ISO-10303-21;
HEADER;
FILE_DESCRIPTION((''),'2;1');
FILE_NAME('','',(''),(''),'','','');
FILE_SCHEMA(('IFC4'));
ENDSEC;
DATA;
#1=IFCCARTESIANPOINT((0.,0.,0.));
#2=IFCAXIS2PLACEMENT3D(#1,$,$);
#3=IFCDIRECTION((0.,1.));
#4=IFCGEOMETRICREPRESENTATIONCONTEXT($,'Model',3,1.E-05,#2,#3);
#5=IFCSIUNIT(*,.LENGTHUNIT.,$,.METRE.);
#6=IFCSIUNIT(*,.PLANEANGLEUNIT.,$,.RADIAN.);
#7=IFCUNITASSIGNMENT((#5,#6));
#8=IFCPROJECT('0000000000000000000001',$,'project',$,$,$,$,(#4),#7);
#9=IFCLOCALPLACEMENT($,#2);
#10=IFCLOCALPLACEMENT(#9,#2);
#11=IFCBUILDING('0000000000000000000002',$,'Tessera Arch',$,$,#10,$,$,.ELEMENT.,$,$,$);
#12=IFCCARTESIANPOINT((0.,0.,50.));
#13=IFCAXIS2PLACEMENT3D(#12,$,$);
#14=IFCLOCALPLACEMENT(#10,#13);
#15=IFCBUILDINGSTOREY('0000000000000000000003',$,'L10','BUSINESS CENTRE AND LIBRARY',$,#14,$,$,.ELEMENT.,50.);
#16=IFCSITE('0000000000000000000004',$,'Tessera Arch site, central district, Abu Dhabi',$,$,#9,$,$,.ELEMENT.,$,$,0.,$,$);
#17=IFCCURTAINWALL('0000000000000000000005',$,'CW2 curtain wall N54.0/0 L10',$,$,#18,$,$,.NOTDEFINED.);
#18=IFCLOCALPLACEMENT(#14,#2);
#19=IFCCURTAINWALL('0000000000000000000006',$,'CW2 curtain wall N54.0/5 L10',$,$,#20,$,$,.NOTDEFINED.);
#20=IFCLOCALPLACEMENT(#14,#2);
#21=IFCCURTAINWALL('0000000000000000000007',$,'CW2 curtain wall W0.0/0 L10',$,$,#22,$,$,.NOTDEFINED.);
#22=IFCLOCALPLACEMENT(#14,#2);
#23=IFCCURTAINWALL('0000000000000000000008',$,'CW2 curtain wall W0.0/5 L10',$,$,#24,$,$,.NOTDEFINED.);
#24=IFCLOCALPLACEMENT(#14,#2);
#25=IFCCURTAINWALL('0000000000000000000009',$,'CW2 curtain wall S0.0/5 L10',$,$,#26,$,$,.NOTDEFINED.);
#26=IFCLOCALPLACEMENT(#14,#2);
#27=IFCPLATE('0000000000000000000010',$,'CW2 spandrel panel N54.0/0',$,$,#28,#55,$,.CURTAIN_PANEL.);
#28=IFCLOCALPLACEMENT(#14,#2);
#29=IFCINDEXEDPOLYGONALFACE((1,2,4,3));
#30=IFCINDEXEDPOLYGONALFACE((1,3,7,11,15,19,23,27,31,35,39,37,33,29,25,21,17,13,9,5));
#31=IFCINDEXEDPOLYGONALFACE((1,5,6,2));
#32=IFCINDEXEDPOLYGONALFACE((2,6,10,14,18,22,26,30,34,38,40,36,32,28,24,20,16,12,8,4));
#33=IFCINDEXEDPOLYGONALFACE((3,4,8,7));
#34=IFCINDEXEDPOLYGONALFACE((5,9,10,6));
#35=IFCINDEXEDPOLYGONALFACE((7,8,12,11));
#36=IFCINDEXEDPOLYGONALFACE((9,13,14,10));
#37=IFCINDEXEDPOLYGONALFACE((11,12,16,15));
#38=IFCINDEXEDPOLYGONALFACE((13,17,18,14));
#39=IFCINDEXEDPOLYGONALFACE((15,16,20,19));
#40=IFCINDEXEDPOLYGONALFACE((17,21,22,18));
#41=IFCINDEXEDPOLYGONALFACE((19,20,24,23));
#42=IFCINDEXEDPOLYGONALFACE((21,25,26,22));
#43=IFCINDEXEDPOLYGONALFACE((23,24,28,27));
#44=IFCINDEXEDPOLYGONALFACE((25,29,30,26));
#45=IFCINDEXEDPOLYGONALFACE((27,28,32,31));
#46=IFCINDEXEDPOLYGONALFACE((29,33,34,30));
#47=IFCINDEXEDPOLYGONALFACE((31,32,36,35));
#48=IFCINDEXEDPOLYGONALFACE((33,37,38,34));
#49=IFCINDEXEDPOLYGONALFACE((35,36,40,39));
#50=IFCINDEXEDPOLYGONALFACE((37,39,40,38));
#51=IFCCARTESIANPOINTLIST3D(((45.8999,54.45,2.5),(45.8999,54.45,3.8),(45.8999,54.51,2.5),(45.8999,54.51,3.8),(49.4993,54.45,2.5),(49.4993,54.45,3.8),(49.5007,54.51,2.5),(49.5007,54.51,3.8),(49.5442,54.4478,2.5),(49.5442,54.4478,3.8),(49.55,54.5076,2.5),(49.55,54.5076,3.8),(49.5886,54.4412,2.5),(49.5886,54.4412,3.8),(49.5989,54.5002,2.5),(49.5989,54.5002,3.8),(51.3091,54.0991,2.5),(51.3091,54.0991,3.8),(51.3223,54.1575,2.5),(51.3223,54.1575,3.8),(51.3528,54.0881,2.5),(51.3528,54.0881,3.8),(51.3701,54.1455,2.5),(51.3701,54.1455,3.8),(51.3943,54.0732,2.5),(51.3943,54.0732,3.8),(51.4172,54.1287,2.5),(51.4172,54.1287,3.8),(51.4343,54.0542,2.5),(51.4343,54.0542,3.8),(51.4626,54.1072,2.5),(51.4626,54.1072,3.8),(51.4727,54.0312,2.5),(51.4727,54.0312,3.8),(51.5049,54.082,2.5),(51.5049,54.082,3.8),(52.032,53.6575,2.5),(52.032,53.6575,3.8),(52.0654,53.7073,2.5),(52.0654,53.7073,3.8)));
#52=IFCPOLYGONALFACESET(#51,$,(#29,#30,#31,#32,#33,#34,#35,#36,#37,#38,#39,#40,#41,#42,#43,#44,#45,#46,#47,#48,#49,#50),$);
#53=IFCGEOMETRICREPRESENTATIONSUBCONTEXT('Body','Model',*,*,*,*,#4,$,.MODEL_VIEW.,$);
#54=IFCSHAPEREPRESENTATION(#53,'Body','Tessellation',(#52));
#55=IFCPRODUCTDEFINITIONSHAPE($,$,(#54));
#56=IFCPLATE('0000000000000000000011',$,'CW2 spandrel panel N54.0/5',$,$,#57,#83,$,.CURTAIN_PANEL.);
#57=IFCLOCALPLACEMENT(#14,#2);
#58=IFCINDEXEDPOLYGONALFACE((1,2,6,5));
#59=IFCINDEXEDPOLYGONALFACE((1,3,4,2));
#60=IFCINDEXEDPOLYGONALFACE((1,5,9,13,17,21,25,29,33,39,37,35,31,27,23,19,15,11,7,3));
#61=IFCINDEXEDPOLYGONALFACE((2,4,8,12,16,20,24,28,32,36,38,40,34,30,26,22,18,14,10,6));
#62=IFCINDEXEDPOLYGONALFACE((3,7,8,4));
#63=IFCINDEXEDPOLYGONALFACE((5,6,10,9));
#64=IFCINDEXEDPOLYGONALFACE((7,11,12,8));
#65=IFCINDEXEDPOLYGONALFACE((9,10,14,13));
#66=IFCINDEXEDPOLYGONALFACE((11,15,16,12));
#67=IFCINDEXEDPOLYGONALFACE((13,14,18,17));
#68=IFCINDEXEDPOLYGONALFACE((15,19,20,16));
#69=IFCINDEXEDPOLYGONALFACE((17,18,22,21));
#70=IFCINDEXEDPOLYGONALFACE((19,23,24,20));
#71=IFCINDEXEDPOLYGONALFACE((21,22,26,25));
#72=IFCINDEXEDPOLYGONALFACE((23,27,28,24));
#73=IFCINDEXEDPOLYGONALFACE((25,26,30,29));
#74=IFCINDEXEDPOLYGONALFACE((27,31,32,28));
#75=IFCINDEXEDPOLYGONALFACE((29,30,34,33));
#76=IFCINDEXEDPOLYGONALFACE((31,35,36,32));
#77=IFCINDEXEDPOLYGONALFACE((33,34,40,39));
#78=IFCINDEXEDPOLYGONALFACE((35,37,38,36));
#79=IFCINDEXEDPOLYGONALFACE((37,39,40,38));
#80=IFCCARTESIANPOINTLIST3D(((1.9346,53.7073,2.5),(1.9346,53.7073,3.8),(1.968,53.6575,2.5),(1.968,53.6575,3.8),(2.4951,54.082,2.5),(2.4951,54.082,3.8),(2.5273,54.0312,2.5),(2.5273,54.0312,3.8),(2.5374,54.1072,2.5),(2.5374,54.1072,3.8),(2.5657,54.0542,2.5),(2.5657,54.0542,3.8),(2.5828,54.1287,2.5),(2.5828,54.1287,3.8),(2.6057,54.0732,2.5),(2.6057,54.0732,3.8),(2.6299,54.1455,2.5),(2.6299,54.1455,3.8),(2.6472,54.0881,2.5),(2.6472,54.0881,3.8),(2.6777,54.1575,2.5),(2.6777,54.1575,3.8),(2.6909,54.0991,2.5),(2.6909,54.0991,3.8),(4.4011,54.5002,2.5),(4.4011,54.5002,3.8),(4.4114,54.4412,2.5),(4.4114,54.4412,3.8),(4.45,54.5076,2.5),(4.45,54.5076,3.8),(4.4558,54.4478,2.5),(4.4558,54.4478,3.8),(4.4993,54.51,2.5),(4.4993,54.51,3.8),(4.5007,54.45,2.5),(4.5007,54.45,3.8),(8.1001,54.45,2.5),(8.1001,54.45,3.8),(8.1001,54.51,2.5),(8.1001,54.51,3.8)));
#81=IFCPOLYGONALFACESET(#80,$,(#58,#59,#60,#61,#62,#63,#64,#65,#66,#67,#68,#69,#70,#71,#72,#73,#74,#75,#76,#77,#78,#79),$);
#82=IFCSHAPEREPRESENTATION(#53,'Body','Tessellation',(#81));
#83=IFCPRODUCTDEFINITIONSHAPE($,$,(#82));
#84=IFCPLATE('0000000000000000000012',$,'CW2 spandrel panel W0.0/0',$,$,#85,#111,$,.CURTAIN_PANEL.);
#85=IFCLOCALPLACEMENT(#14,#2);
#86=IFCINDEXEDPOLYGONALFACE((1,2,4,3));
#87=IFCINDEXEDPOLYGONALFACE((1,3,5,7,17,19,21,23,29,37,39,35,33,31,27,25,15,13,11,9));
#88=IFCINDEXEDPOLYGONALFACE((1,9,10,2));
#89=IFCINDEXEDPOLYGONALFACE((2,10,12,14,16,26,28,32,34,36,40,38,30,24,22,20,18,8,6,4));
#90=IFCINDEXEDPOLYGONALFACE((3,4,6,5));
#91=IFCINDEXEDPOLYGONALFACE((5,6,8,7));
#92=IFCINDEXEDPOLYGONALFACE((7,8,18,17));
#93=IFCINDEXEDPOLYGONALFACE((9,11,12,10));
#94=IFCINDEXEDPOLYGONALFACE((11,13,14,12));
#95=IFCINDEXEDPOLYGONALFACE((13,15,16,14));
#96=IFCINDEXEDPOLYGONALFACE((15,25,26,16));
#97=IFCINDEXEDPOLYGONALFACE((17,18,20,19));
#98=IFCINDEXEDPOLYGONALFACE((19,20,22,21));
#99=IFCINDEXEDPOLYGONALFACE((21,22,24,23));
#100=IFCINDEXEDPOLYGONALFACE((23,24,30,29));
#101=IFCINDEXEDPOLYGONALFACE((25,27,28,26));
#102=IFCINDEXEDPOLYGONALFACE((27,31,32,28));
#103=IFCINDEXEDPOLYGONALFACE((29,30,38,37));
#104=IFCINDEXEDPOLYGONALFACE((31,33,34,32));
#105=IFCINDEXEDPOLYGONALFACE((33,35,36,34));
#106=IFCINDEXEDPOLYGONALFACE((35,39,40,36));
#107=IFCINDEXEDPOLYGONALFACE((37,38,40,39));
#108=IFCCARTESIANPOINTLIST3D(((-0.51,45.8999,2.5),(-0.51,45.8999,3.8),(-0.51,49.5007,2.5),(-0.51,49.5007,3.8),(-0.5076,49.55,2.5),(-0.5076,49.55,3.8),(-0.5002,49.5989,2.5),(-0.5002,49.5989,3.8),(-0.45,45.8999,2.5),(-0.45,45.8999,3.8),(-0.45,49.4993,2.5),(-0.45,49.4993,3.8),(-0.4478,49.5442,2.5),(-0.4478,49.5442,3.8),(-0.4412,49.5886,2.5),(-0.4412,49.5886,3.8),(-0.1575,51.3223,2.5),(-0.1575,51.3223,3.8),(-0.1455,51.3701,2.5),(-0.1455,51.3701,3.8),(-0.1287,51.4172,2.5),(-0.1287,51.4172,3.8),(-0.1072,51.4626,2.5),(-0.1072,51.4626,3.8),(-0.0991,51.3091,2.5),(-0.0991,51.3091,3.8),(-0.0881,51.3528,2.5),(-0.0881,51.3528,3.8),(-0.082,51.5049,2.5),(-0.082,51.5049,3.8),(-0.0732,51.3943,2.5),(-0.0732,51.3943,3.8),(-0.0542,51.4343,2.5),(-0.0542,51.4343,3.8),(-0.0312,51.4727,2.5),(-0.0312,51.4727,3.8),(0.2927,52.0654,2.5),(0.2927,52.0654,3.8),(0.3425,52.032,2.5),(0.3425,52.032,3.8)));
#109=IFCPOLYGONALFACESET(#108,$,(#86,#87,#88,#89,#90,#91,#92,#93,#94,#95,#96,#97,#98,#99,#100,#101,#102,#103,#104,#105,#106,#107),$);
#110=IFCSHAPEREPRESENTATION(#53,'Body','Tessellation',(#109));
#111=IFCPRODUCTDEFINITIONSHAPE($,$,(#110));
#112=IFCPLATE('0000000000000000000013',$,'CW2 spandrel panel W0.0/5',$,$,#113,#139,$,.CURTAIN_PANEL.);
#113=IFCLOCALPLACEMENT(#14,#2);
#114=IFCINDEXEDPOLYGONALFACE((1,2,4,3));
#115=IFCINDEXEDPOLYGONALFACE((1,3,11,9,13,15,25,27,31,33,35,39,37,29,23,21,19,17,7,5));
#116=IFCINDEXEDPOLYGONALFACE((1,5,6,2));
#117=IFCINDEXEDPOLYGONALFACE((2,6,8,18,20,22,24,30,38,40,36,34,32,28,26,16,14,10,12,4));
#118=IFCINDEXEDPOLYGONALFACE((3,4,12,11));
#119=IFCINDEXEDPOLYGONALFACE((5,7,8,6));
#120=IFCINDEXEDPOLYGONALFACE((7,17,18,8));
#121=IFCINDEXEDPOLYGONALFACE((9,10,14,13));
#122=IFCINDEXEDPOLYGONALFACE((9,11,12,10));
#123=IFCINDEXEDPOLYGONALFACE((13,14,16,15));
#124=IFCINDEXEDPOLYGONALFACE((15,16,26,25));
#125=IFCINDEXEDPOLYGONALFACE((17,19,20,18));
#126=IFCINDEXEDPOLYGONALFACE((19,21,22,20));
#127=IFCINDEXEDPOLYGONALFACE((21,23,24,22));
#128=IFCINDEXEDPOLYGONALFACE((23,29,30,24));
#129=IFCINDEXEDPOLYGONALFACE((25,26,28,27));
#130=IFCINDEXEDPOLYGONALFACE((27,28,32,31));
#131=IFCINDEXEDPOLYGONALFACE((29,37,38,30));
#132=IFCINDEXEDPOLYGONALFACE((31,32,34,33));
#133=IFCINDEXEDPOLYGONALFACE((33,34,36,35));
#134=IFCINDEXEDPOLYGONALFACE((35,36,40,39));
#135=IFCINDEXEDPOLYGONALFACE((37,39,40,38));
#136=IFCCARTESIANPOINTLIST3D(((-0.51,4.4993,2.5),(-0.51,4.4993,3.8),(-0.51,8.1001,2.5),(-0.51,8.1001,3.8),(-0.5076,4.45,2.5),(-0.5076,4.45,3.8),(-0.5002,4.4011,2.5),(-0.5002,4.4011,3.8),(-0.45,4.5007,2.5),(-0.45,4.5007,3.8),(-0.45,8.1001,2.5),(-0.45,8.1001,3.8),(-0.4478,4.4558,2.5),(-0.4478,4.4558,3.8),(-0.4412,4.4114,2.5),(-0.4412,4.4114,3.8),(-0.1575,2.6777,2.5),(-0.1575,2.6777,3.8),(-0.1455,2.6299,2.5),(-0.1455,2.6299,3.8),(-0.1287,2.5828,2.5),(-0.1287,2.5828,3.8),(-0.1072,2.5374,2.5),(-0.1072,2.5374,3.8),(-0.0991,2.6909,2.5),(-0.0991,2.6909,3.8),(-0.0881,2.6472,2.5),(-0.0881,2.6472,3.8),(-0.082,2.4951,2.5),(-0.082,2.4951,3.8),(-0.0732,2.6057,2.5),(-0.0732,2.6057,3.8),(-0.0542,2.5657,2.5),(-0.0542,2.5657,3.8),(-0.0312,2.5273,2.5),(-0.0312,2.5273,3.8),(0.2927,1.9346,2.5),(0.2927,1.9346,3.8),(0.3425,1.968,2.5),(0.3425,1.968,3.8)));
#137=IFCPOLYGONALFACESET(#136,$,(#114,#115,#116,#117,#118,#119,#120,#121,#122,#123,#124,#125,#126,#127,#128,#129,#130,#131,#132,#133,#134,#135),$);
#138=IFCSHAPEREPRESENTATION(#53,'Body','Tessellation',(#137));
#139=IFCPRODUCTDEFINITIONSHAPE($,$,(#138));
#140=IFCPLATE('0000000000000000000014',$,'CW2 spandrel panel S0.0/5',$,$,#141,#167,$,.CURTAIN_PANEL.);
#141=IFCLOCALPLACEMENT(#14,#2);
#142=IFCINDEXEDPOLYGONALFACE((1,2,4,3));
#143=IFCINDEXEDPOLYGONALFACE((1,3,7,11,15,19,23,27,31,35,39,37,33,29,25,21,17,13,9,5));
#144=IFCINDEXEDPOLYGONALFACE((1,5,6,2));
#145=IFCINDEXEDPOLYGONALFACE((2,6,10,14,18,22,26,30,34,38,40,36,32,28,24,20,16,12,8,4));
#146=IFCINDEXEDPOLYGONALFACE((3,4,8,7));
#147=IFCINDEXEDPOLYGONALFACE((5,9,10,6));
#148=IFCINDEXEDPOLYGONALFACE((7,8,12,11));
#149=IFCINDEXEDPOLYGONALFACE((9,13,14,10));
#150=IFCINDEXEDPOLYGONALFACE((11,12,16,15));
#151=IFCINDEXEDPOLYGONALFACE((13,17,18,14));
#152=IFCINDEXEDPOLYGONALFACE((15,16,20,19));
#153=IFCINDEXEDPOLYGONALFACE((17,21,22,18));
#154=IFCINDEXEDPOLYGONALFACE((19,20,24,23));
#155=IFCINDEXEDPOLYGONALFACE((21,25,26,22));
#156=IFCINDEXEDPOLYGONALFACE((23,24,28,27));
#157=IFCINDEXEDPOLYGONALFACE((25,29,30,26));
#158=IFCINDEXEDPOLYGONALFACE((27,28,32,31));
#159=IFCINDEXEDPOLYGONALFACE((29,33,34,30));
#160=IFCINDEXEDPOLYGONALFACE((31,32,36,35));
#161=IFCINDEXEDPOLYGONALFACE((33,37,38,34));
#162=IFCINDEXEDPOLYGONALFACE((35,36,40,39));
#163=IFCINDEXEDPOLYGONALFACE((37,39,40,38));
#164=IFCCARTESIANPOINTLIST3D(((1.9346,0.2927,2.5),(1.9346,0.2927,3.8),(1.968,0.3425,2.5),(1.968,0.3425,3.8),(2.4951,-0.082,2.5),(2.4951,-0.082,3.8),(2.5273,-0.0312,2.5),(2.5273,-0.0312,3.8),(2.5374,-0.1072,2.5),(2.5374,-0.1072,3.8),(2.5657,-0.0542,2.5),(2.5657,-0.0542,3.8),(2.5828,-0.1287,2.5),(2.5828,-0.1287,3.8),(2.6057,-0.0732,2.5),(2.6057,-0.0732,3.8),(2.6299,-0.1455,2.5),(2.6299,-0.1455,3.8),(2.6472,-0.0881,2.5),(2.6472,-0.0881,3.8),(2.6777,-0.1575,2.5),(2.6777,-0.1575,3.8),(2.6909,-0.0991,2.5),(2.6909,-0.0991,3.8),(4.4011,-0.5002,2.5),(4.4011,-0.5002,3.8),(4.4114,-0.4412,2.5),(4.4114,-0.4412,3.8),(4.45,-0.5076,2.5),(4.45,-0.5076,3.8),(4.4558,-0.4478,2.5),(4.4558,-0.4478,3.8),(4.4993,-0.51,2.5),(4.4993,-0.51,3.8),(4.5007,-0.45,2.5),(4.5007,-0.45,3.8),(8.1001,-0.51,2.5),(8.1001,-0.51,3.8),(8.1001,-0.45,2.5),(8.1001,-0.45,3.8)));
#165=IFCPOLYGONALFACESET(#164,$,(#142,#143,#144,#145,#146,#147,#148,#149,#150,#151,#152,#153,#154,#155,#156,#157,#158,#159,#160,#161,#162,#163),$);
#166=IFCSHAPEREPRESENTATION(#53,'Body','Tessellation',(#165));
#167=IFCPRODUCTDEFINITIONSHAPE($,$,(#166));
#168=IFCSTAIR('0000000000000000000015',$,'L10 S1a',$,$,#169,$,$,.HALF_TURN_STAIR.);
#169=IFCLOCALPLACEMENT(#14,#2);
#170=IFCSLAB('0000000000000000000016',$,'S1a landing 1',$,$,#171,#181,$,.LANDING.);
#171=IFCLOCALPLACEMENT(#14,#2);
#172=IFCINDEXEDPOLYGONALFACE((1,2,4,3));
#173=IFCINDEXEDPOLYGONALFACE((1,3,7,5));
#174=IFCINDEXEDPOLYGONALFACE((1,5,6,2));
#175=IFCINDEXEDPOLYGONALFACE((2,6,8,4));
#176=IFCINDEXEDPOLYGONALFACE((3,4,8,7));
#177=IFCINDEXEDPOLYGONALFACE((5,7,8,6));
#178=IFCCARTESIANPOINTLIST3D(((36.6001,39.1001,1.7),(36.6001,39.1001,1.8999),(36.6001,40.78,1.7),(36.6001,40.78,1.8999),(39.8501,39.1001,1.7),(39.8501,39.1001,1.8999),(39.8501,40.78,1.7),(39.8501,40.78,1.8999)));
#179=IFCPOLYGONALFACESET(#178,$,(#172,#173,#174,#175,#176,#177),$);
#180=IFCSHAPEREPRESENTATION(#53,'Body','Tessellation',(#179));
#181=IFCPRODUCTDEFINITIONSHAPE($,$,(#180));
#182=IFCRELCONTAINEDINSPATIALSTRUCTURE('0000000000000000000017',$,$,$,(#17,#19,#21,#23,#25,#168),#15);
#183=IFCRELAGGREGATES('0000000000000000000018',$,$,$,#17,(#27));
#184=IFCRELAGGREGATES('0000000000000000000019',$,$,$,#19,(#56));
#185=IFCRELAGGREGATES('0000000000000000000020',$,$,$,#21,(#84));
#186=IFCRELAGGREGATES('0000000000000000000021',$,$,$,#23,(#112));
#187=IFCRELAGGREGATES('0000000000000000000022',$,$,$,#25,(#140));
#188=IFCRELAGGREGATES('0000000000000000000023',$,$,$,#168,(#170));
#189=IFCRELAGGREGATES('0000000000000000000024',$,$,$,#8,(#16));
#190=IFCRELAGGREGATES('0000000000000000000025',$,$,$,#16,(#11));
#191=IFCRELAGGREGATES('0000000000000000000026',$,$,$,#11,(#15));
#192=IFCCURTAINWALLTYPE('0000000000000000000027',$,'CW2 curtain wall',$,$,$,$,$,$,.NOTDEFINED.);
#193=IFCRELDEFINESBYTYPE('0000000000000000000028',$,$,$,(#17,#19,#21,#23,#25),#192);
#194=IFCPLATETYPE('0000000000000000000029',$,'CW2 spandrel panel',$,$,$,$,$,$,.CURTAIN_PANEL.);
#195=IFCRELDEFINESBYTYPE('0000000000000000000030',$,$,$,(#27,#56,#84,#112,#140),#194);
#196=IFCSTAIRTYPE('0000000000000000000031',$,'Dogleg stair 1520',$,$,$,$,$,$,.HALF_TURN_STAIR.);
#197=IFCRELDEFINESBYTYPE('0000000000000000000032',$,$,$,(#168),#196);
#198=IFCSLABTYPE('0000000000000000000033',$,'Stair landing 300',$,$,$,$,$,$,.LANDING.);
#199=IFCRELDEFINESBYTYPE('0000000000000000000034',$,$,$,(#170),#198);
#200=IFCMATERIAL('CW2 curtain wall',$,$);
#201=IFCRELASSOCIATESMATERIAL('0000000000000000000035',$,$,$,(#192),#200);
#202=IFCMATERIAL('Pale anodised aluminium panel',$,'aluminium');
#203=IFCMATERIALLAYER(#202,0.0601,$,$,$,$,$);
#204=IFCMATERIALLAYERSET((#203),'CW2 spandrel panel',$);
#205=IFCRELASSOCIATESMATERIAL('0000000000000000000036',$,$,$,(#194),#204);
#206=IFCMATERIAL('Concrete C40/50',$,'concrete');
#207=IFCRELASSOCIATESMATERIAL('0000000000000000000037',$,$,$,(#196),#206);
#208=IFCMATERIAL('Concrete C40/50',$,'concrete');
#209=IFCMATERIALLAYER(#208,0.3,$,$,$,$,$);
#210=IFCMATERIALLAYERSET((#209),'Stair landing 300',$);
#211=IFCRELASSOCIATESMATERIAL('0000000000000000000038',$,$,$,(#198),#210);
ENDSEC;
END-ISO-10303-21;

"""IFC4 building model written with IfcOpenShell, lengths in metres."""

from ifc_helpers import new_model, si_unit, direction, frame, origin, place, context, subcontext, project, spatial, polyline, outline, extrude, material, layer, layer_set, type_object, element, aggregate, save


model = new_model("IFC4")

# Units and contexts
model_context = context("Model", 3, precision=1e-05, world=origin(), true_north=direction((0.0, 1.0)))
body_context = subcontext(model_context, "Body", "Model", "MODEL_VIEW")
ifc_project = project(units=[si_unit("LENGTHUNIT", "METRE"), si_unit("PLANEANGLEUNIT", "RADIAN")], contexts=[model_context])

# Site, building, storey
site_placement = place(None, origin())
site = spatial("IfcSite", under=ifc_project, at=site_placement, Name="Tessera Arch site, central district, Abu Dhabi", CompositionType="ELEMENT", RefElevation=0.0)
building_placement = place(site_placement, origin())
building = spatial("IfcBuilding", under=site, at=building_placement, Name="Tessera Arch", CompositionType="ELEMENT")
storey_placement = place(building_placement, frame((0.0, 0.0, 50.0)))
storey = spatial("IfcBuildingStorey", under=building, at=storey_placement, Name="L10", Description="BUSINESS CENTRE AND LIBRARY", CompositionType="ELEMENT", Elevation=50.0)

# Curtain walls
ifc_material_1 = material(Name="CW2 curtain wall")
curtain_wall_type = type_object("IfcCurtainWallType", Name="CW2 curtain wall", PredefinedType="NOTDEFINED", material=ifc_material_1)
curtain_wall_1_placement = place(storey_placement, origin())
curtain_wall_1 = element("IfcCurtainWall", 1, at=curtain_wall_1_placement, inside=storey, type_object=curtain_wall_type, Name="CW2 curtain wall N54.0/0 L10", PredefinedType="NOTDEFINED")
curtain_wall_2_placement = place(storey_placement, origin())
curtain_wall_2 = element("IfcCurtainWall", 2, at=curtain_wall_2_placement, inside=storey, type_object=curtain_wall_type, Name="CW2 curtain wall N54.0/5 L10", PredefinedType="NOTDEFINED")
curtain_wall_3_placement = place(storey_placement, origin())
curtain_wall_3 = element("IfcCurtainWall", 3, at=curtain_wall_3_placement, inside=storey, type_object=curtain_wall_type, Name="CW2 curtain wall W0.0/0 L10", PredefinedType="NOTDEFINED")
curtain_wall_4_placement = place(storey_placement, origin())
curtain_wall_4 = element("IfcCurtainWall", 4, at=curtain_wall_4_placement, inside=storey, type_object=curtain_wall_type, Name="CW2 curtain wall W0.0/5 L10", PredefinedType="NOTDEFINED")
curtain_wall_5_placement = place(storey_placement, origin())
curtain_wall_5 = element("IfcCurtainWall", 5, at=curtain_wall_5_placement, inside=storey, type_object=curtain_wall_type, Name="CW2 curtain wall S0.0/5 L10", PredefinedType="NOTDEFINED")

# Plates
ifc_material_2 = material(Name="Pale anodised aluminium panel", Category="aluminium")
ifc_layer_1 = layer(ifc_material_2, 0.0601)
ifc_layer_set_1 = layer_set([ifc_layer_1], Name="CW2 spandrel panel")
plate_type_1 = type_object("IfcPlateType", Name="CW2 spandrel panel", PredefinedType="CURTAIN_PANEL", material=ifc_layer_set_1)
plate_1_placement = place(storey_placement, frame((0.0, 0.0, 2.5)))
plate_1 = element("IfcPlate", 6, at=plate_1_placement, type_object=plate_type_1, Name="CW2 spandrel panel N54.0/0", PredefinedType="CURTAIN_PANEL", context=body_context, shape_type="SweptSolid", body=[
    extrude(outline(polyline([(51.4727, 54.0312), (52.032, 53.6575), (52.0654, 53.7073), (51.5049, 54.082), (51.4626, 54.1072), (51.4172, 54.1287), (51.3701, 54.1455), (51.3223, 54.1575), (49.5989, 54.5002), (49.55, 54.5076), (49.5007, 54.51), (45.8999, 54.51), (45.8999, 54.45), (49.4993, 54.45), (49.5442, 54.4478), (49.5886, 54.4412), (51.3091, 54.0991), (51.3528, 54.0881), (51.3943, 54.0732), (51.4343, 54.0542), (51.4727, 54.0312)])), origin(), (0.0, 0.0, 1.0), 1.3),
])
aggregate(curtain_wall_1, [plate_1])
plate_2_placement = place(storey_placement, frame((0.0, 0.0, 2.5)))
plate_2 = element("IfcPlate", 7, at=plate_2_placement, type_object=plate_type_1, Name="CW2 spandrel panel N54.0/5", PredefinedType="CURTAIN_PANEL", context=body_context, shape_type="SweptSolid", body=[
    extrude(outline(polyline([(4.5007, 54.45), (8.1001, 54.45), (8.1001, 54.51), (4.4993, 54.51), (4.45, 54.5076), (4.4011, 54.5002), (2.6777, 54.1575), (2.6299, 54.1455), (2.5828, 54.1287), (2.5374, 54.1072), (2.4951, 54.082), (1.9346, 53.7073), (1.968, 53.6575), (2.5273, 54.0312), (2.5657, 54.0542), (2.6057, 54.0732), (2.6472, 54.0881), (2.6909, 54.0991), (4.4114, 54.4412), (4.4558, 54.4478), (4.5007, 54.45)])), origin(), (0.0, 0.0, 1.0), 1.3),
])
aggregate(curtain_wall_2, [plate_2])
plate_3_placement = place(storey_placement, frame((0.0, 0.0, 2.5)))
plate_3 = element("IfcPlate", 8, at=plate_3_placement, type_object=plate_type_1, Name="CW2 spandrel panel W0.0/0", PredefinedType="CURTAIN_PANEL", context=body_context, shape_type="SweptSolid", body=[
    extrude(outline(polyline([(-0.0312, 51.4727), (0.3425, 52.032), (0.2927, 52.0654), (-0.082, 51.5049), (-0.1072, 51.4626), (-0.1287, 51.4172), (-0.1455, 51.3701), (-0.1575, 51.3223), (-0.5002, 49.5989), (-0.5076, 49.55), (-0.51, 49.5007), (-0.51, 45.8999), (-0.45, 45.8999), (-0.45, 49.4993), (-0.4478, 49.5442), (-0.4412, 49.5886), (-0.0991, 51.3091), (-0.0881, 51.3528), (-0.0732, 51.3943), (-0.0542, 51.4343), (-0.0312, 51.4727)])), origin(), (0.0, 0.0, 1.0), 1.3),
])
aggregate(curtain_wall_3, [plate_3])
plate_4_placement = place(storey_placement, frame((0.0, 0.0, 2.5)))
plate_4 = element("IfcPlate", 9, at=plate_4_placement, type_object=plate_type_1, Name="CW2 spandrel panel W0.0/5", PredefinedType="CURTAIN_PANEL", context=body_context, shape_type="SweptSolid", body=[
    extrude(outline(polyline([(-0.45, 4.5007), (-0.45, 8.1001), (-0.51, 8.1001), (-0.51, 4.4993), (-0.5076, 4.45), (-0.5002, 4.4011), (-0.1575, 2.6777), (-0.1455, 2.6299), (-0.1287, 2.5828), (-0.1072, 2.5374), (-0.082, 2.4951), (0.2927, 1.9346), (0.3425, 1.968), (-0.0312, 2.5273), (-0.0542, 2.5657), (-0.0732, 2.6057), (-0.0881, 2.6472), (-0.0991, 2.6909), (-0.4412, 4.4114), (-0.4478, 4.4558), (-0.45, 4.5007)])), origin(), (0.0, 0.0, 1.0), 1.3),
])
aggregate(curtain_wall_4, [plate_4])
plate_5_placement = place(storey_placement, frame((0.0, 0.0, 2.5)))
plate_5 = element("IfcPlate", 10, at=plate_5_placement, type_object=plate_type_1, Name="CW2 spandrel panel S0.0/5", PredefinedType="CURTAIN_PANEL", context=body_context, shape_type="SweptSolid", body=[
    extrude(outline(polyline([(2.5273, -0.0312), (1.968, 0.3425), (1.9346, 0.2927), (2.4951, -0.082), (2.5374, -0.1072), (2.5828, -0.1287), (2.6299, -0.1455), (2.6777, -0.1575), (4.4011, -0.5002), (4.45, -0.5076), (4.4993, -0.51), (8.1001, -0.51), (8.1001, -0.45), (4.5007, -0.45), (4.4558, -0.4478), (4.4114, -0.4412), (2.6909, -0.0991), (2.6472, -0.0881), (2.6057, -0.0732), (2.5657, -0.0542), (2.5273, -0.0312)])), origin(), (0.0, 0.0, 1.0), 1.3),
])
aggregate(curtain_wall_5, [plate_5])

# Stair, slab
ifc_material_3 = material(Name="Concrete C40/50", Category="concrete")
stair_type = type_object("IfcStairType", Name="Dogleg stair 1520", PredefinedType="HALF_TURN_STAIR", material=ifc_material_3)
stair_placement = place(storey_placement, origin())
stair = element("IfcStair", 11, at=stair_placement, inside=storey, type_object=stair_type, Name="L10 S1a", PredefinedType="HALF_TURN_STAIR")
ifc_material_4 = material(Name="Concrete C40/50", Category="concrete")
ifc_layer_2 = layer(ifc_material_4, 0.3)
ifc_layer_set_2 = layer_set([ifc_layer_2], Name="Stair landing 300")
slab_type_1 = type_object("IfcSlabType", Name="Stair landing 300", PredefinedType="LANDING", material=ifc_layer_set_2)
slab_1_placement = place(storey_placement, frame((0.0, 0.0, 1.7)))
slab_1 = element("IfcSlab", 12, at=slab_1_placement, type_object=slab_type_1, Name="S1a landing 1", PredefinedType="LANDING", context=body_context, shape_type="SweptSolid", body=[
    extrude(outline(polyline([(36.6001, 40.78), (36.6001, 39.1001), (39.8501, 39.1001), (39.8501, 40.78), (36.6001, 40.78)])), origin(), (0.0, 0.0, 1.0), 0.2),
])
aggregate(stair, [slab_1])

save(model, "model.ifc")
